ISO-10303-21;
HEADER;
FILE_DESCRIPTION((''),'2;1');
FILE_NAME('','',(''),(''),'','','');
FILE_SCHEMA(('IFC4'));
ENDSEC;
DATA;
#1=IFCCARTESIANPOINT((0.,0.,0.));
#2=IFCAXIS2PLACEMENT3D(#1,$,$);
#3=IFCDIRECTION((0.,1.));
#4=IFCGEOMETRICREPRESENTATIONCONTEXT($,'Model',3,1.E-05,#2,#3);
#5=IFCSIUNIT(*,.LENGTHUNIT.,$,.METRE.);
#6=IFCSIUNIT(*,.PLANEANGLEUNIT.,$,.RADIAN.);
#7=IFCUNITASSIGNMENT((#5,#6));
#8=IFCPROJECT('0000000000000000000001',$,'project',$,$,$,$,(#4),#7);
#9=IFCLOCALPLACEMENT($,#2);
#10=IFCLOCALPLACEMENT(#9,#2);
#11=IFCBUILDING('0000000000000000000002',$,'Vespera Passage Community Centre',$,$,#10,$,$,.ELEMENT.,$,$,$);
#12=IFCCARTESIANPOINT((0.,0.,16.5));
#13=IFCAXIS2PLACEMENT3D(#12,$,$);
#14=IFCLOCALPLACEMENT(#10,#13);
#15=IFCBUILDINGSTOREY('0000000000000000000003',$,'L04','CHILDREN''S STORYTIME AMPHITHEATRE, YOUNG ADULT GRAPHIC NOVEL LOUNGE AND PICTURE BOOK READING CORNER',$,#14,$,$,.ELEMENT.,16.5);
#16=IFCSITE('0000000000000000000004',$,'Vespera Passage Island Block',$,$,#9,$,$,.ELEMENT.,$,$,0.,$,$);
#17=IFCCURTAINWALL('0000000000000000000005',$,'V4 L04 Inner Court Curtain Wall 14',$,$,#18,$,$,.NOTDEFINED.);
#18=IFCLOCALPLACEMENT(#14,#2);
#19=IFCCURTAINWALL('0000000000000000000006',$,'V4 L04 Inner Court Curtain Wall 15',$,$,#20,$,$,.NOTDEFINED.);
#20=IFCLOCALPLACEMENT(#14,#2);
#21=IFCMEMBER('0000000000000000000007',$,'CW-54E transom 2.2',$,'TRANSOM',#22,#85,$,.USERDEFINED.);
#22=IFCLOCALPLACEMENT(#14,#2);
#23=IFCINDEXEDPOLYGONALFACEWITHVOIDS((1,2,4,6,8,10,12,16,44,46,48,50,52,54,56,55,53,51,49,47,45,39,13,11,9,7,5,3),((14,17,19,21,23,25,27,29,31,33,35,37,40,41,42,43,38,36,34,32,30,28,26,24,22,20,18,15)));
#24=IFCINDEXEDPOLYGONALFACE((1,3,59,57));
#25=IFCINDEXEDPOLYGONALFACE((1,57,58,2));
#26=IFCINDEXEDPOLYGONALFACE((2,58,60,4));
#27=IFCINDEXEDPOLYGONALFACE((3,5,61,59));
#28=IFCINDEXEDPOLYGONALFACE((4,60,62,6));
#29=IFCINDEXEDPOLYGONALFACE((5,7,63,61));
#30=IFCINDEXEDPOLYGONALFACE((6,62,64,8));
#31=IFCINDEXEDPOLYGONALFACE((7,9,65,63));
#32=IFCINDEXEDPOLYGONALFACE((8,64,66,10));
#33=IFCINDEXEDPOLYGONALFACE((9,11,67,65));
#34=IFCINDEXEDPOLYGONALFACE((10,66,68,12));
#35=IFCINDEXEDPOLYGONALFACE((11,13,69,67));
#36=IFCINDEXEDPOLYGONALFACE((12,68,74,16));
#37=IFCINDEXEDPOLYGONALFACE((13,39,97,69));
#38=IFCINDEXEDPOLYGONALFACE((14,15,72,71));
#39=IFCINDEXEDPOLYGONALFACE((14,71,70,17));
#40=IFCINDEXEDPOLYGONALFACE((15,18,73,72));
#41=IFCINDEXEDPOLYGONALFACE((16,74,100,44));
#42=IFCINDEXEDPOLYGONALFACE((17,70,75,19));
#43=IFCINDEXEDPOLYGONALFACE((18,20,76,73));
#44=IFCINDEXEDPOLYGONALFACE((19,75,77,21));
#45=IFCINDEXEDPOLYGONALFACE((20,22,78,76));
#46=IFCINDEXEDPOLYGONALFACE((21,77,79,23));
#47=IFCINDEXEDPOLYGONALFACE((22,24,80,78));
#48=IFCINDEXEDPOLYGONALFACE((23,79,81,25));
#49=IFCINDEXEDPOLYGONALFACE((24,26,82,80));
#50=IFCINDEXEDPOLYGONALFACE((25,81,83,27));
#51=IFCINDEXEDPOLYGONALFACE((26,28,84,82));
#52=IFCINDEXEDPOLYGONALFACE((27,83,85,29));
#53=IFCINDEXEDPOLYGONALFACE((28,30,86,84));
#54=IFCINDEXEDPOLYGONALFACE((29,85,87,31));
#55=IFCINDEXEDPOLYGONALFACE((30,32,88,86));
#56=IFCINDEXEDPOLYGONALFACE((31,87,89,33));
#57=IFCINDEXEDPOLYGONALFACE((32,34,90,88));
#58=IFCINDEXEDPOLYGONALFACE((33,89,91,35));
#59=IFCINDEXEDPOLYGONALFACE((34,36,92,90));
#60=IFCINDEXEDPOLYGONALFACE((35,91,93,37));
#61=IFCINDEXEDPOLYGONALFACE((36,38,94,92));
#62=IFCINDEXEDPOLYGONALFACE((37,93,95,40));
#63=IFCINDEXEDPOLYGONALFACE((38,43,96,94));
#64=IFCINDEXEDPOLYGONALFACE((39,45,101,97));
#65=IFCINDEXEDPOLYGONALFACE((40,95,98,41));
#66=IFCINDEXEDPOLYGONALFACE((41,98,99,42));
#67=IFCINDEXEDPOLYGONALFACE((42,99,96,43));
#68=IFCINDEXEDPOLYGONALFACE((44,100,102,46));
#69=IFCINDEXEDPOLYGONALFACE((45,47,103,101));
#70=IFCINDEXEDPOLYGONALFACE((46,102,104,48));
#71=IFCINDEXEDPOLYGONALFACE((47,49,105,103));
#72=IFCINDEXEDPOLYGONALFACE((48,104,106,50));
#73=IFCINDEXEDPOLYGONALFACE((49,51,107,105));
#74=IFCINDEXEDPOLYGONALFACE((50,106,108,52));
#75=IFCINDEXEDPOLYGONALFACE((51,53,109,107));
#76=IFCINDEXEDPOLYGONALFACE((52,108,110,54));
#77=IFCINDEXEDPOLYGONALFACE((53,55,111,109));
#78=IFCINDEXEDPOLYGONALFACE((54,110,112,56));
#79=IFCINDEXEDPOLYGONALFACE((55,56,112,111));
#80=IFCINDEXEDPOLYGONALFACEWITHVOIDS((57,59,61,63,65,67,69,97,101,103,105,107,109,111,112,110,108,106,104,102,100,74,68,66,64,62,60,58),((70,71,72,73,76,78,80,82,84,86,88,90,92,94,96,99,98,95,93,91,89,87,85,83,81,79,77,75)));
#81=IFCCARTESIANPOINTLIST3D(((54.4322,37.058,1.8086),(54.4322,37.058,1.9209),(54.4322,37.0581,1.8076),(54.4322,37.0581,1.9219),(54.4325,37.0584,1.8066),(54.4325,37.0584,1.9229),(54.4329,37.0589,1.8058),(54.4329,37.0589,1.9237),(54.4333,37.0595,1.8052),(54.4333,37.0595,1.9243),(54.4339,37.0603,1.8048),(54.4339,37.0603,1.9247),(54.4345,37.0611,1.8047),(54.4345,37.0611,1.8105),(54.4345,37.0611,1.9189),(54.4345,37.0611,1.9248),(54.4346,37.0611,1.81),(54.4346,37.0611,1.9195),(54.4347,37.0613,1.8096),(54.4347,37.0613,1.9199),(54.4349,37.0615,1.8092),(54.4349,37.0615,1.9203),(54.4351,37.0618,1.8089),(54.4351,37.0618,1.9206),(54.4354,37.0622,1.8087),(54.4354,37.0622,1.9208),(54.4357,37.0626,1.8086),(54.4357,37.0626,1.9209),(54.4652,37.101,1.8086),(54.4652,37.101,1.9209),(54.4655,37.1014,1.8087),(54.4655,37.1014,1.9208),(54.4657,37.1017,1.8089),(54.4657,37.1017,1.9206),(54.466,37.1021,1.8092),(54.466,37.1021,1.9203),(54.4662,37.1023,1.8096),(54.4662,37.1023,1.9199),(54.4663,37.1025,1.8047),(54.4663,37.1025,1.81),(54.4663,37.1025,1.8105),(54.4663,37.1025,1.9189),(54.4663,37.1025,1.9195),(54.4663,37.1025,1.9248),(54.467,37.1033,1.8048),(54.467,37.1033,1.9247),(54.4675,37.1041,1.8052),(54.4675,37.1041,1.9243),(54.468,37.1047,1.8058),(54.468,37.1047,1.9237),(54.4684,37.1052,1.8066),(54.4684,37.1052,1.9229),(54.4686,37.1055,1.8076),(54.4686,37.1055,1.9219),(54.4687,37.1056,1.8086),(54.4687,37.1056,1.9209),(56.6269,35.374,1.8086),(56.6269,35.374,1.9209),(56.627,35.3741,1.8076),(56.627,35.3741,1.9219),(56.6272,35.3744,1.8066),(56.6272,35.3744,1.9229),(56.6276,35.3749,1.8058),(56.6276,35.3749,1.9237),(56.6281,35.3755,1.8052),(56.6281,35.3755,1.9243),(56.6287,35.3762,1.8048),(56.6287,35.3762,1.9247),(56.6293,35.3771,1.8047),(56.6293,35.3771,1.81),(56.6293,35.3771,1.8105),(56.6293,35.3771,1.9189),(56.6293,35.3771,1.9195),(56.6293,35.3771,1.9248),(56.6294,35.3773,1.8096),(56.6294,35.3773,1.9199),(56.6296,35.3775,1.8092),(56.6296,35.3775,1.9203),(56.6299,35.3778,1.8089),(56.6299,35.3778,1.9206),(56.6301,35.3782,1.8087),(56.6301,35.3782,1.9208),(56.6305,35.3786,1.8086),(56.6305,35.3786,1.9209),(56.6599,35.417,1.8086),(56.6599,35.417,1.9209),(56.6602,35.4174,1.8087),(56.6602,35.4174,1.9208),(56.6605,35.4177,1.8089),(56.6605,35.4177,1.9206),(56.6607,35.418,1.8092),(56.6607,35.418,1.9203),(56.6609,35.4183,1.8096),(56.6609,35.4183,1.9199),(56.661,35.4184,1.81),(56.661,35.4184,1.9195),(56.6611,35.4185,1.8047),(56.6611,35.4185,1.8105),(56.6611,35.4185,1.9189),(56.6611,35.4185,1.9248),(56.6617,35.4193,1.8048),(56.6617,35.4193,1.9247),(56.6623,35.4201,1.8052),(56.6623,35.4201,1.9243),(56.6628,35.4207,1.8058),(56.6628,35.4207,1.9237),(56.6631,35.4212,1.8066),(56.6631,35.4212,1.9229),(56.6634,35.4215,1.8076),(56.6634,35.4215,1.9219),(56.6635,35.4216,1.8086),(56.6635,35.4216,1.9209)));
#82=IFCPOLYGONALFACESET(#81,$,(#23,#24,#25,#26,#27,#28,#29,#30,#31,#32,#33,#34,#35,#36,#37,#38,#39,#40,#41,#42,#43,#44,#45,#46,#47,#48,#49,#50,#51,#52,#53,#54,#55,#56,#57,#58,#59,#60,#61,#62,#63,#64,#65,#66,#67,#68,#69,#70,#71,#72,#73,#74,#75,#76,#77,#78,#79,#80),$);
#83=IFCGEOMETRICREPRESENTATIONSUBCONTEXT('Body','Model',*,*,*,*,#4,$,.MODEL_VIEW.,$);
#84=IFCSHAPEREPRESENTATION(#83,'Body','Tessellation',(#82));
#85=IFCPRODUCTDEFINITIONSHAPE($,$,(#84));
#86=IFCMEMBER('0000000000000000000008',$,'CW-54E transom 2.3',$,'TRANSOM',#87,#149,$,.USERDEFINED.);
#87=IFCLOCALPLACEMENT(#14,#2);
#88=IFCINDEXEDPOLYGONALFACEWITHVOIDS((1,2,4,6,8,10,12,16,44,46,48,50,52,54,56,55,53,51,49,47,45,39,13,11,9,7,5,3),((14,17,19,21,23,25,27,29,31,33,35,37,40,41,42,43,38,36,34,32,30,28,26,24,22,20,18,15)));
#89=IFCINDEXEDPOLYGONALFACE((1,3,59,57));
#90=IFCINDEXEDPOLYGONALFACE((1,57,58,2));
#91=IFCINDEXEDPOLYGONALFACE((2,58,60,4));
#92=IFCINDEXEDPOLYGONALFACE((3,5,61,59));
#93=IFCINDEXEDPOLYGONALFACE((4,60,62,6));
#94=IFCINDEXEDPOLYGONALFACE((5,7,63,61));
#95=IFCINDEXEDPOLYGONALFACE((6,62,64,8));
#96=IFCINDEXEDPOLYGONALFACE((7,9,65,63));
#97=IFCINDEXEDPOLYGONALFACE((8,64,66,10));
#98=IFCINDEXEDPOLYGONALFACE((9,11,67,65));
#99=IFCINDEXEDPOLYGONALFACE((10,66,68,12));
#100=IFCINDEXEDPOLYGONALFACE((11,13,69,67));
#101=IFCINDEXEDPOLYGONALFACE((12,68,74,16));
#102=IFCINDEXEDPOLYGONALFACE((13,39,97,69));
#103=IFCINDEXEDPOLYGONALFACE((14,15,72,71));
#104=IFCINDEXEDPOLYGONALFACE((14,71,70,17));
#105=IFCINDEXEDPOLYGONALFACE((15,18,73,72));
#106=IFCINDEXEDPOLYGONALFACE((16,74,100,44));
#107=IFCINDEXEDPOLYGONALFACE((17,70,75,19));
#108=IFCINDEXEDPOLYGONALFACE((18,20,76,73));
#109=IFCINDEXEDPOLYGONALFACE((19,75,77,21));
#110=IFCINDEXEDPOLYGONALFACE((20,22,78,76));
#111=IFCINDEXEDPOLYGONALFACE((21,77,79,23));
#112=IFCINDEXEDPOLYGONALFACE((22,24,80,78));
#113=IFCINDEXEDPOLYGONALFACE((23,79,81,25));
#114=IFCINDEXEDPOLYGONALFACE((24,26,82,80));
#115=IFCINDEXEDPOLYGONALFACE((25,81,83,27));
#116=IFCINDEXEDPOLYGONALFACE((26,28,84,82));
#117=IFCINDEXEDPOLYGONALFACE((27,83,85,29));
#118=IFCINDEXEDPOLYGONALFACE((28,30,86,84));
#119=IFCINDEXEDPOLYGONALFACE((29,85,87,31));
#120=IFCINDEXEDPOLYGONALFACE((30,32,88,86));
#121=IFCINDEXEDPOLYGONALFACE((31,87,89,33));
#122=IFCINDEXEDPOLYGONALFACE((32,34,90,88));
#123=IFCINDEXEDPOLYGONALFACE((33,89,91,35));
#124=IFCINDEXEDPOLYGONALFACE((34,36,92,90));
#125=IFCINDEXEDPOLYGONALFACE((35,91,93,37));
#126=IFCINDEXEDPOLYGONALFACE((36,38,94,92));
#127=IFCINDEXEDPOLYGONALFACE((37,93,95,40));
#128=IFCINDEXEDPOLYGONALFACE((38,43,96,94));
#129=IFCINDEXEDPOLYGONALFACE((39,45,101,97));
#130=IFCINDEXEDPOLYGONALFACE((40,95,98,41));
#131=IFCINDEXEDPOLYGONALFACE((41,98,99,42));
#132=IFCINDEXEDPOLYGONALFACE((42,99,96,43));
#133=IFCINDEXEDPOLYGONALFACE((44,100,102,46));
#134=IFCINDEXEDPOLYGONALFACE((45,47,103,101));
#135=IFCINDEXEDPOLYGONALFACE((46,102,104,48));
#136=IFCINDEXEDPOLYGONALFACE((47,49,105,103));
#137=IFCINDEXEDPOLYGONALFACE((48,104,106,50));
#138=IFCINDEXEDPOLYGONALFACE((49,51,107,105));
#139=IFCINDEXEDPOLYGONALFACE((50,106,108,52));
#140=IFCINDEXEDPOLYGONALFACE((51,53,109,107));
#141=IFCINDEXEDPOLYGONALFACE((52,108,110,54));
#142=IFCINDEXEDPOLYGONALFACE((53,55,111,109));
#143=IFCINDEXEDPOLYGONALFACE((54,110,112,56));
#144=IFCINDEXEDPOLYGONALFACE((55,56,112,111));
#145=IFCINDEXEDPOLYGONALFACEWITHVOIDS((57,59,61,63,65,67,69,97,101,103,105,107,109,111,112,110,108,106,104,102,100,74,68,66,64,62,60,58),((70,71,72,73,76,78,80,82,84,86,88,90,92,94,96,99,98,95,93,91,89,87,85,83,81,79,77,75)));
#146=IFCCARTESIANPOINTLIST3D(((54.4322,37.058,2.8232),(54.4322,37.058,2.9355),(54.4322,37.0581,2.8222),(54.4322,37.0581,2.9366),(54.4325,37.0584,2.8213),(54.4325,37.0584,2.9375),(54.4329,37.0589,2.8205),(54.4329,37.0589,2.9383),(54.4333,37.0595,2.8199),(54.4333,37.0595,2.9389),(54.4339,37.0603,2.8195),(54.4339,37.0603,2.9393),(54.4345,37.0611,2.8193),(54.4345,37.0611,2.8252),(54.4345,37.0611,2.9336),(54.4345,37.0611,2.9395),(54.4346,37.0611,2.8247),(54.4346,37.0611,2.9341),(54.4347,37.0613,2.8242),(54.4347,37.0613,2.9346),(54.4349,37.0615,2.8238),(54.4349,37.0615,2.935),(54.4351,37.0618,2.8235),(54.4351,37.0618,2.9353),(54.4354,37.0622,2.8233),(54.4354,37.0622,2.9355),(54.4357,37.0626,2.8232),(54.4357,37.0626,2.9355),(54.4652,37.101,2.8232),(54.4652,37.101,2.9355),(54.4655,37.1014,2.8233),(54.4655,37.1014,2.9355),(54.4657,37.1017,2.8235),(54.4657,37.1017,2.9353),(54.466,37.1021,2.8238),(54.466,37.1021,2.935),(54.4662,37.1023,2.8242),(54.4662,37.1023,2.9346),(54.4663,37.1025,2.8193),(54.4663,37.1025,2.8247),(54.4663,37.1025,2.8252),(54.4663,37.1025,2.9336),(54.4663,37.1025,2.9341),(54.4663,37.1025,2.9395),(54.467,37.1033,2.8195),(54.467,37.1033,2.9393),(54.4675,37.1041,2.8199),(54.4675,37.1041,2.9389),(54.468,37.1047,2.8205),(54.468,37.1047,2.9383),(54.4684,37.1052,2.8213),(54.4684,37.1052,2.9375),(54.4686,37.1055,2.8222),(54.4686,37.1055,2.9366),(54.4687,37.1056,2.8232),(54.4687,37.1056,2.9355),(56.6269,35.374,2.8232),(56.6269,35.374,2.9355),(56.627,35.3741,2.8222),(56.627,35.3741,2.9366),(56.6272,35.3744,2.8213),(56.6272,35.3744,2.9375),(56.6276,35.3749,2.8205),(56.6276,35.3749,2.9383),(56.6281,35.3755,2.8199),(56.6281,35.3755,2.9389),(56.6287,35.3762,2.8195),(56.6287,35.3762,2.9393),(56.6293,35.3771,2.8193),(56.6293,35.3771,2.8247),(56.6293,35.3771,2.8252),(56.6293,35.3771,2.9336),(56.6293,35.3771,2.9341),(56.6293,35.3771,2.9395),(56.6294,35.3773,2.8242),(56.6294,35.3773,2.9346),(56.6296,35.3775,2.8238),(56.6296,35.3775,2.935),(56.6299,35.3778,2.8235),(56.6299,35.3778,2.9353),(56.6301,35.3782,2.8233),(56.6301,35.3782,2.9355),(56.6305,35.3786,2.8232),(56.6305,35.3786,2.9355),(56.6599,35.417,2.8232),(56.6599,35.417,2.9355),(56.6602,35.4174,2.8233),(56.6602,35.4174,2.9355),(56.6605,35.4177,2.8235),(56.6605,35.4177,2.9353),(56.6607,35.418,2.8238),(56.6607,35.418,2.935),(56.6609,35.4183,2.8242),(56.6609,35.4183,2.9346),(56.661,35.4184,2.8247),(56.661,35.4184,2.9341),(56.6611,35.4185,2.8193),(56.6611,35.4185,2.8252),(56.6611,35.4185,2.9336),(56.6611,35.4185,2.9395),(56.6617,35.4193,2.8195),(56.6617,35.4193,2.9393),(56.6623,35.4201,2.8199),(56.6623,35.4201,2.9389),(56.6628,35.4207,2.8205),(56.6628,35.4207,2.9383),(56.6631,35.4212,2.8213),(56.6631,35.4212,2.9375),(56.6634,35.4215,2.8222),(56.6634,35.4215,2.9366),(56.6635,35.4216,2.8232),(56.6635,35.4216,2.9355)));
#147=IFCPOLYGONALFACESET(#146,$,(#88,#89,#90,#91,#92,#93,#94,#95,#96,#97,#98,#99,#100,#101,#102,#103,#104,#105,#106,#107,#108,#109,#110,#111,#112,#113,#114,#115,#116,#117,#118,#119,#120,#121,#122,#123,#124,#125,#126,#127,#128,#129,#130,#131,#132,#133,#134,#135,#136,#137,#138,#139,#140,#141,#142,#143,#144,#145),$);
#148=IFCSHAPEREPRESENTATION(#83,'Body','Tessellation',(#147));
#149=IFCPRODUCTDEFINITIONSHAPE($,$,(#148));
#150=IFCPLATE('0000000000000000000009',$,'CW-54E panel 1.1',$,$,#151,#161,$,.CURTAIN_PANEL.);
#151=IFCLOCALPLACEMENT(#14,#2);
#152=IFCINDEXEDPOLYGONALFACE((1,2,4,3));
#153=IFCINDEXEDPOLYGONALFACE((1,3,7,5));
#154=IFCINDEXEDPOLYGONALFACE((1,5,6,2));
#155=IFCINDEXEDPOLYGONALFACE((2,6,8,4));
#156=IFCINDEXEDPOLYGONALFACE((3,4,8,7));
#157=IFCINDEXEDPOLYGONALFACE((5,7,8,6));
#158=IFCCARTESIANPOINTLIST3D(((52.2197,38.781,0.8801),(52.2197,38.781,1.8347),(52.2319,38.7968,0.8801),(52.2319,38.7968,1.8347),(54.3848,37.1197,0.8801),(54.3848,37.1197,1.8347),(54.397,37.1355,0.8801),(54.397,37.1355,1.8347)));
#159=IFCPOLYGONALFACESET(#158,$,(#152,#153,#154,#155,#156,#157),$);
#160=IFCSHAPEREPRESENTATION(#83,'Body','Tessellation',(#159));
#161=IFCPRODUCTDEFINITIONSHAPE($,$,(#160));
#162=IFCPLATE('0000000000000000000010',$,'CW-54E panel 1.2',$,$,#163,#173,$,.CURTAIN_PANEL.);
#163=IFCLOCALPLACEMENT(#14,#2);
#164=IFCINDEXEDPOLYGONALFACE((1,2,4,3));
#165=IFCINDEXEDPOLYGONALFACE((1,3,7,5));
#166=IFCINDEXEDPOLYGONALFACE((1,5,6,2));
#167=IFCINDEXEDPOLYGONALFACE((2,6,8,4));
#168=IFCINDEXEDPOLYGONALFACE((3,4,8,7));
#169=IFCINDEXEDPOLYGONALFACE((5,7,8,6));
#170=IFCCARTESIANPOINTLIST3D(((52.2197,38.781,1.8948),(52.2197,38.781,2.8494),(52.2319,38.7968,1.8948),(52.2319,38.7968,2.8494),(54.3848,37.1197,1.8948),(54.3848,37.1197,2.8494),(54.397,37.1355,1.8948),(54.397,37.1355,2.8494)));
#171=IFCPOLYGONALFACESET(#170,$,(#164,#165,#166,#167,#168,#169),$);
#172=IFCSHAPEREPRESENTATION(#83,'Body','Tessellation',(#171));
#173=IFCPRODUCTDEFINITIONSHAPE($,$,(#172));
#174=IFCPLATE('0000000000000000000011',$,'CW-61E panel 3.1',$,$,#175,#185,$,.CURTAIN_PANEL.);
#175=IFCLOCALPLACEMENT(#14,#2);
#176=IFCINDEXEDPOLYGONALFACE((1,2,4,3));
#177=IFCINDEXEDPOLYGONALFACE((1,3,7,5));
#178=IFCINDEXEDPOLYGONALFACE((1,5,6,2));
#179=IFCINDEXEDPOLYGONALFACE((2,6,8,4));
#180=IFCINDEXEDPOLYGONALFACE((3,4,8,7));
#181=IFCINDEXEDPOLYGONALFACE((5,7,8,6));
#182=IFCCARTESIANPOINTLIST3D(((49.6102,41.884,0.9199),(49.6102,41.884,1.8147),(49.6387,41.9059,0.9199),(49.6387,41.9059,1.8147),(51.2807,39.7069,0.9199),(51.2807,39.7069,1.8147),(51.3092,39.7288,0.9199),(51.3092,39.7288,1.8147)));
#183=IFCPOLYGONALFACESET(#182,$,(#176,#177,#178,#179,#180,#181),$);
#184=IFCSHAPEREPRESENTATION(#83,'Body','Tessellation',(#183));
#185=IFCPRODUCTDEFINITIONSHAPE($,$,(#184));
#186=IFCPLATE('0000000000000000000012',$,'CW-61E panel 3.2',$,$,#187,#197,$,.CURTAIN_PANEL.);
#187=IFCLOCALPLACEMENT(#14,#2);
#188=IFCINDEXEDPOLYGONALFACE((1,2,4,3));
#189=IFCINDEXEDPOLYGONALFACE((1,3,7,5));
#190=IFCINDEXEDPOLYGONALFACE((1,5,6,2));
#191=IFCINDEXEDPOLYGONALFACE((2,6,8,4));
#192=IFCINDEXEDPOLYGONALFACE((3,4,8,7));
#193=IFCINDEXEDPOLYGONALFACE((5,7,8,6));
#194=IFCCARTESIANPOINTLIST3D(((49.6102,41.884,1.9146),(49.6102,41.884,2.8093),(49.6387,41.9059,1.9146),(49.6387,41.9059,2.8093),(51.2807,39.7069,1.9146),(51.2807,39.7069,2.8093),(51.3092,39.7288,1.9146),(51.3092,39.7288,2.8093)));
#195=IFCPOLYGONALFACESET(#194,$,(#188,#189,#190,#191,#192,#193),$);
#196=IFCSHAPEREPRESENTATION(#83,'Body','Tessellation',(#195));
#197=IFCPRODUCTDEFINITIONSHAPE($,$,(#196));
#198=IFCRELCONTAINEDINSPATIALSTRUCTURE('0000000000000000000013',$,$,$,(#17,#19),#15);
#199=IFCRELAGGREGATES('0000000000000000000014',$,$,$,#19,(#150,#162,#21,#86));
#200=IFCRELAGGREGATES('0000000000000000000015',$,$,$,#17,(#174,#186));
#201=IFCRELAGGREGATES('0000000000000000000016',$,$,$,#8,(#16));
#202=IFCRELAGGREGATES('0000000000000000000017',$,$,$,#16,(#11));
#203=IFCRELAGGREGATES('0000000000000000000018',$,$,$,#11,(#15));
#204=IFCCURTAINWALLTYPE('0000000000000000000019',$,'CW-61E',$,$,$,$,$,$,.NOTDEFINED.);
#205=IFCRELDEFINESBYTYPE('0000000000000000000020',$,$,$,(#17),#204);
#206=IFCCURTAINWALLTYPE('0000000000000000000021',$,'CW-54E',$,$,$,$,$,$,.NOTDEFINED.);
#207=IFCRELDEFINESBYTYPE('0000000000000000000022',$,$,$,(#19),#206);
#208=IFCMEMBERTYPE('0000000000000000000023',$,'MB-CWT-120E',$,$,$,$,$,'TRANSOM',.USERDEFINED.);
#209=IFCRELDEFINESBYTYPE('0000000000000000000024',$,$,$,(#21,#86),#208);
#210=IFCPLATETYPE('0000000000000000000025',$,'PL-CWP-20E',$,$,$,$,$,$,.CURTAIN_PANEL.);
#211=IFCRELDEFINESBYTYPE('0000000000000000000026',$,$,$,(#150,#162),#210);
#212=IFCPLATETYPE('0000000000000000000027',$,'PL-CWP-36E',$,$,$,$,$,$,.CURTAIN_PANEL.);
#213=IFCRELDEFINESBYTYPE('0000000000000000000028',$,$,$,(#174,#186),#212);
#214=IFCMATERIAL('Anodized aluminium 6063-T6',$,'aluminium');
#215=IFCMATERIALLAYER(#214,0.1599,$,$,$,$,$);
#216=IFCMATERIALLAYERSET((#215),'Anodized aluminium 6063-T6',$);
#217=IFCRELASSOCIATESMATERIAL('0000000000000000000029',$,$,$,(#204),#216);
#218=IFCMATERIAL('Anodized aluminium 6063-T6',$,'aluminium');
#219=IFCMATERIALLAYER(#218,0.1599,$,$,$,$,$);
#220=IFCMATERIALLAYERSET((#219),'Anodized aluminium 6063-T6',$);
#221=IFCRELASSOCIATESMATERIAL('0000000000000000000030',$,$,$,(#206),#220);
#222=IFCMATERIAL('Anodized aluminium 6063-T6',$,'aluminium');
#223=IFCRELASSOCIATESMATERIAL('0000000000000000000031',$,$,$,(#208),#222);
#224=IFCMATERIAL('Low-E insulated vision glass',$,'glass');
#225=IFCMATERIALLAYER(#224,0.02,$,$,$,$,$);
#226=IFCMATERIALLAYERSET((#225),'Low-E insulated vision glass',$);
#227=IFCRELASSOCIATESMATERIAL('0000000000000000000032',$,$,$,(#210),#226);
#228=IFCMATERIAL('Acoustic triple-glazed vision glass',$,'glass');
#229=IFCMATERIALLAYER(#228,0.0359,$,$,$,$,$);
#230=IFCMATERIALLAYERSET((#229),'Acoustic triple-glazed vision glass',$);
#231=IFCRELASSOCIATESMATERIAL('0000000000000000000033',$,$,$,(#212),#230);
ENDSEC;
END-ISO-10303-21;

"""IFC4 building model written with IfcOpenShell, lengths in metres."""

from ifc_helpers import new_model, si_unit, direction, frame, origin, origin_2d, place, context, subcontext, project, spatial, rectangle, hollow_rectangle, extrude, material, layer, layer_set, material_profile, profile_set, type_object, element, aggregate, save


model = new_model("IFC4")

# Units and contexts
model_context = context("Model", 3, precision=1e-05, world=origin(), true_north=direction((0.0, 1.0)))
body_context = subcontext(model_context, "Body", "Model", "MODEL_VIEW")
ifc_project = project(units=[si_unit("LENGTHUNIT", "METRE"), si_unit("PLANEANGLEUNIT", "RADIAN")], contexts=[model_context])

# Site, building, storey
site_placement = place(None, origin())
site = spatial("IfcSite", under=ifc_project, at=site_placement, Name="Vespera Passage Island Block", CompositionType="ELEMENT", RefElevation=0.0)
building_placement = place(site_placement, origin())
building = spatial("IfcBuilding", under=site, at=building_placement, Name="Vespera Passage Community Centre", CompositionType="ELEMENT")
storey_placement = place(building_placement, frame((0.0, 0.0, 16.5)))
storey = spatial("IfcBuildingStorey", under=building, at=storey_placement, Name="L04", Description="CHILDREN'S STORYTIME AMPHITHEATRE, YOUNG ADULT GRAPHIC NOVEL LOUNGE AND PICTURE BOOK READING CORNER", CompositionType="ELEMENT", Elevation=16.5)

# Curtain walls
ifc_material_1 = material(Name="Anodized aluminium 6063-T6", Category="aluminium")
ifc_layer_1 = layer(ifc_material_1, 0.1599)
ifc_layer_set_1 = layer_set([ifc_layer_1], Name="Anodized aluminium 6063-T6")
curtain_wall_type_1 = type_object("IfcCurtainWallType", Name="CW-61E", PredefinedType="NOTDEFINED", material=ifc_layer_set_1)
curtain_wall_1_placement = place(storey_placement, origin())
curtain_wall_1 = element("IfcCurtainWall", 1, at=curtain_wall_1_placement, inside=storey, type_object=curtain_wall_type_1, Name="V4 L04 Inner Court Curtain Wall 14", PredefinedType="NOTDEFINED")
ifc_material_2 = material(Name="Anodized aluminium 6063-T6", Category="aluminium")
ifc_layer_2 = layer(ifc_material_2, 0.1599)
ifc_layer_set_2 = layer_set([ifc_layer_2], Name="Anodized aluminium 6063-T6")
curtain_wall_type_2 = type_object("IfcCurtainWallType", Name="CW-54E", PredefinedType="NOTDEFINED", material=ifc_layer_set_2)
curtain_wall_2_placement = place(storey_placement, origin())
curtain_wall_2 = element("IfcCurtainWall", 2, at=curtain_wall_2_placement, inside=storey, type_object=curtain_wall_type_2, Name="V4 L04 Inner Court Curtain Wall 15", PredefinedType="NOTDEFINED")

# Members
ifc_material_3 = material(Name="Anodized aluminium 6063-T6", Category="aluminium")
ifc_material_profile_1 = material_profile(ifc_material_3, hollow_rectangle(XDim=0.0601, YDim=0.1201, WallThickness=0.0039, InnerFilletRadius=0.002, OuterFilletRadius=0.0039, at=origin_2d()), Name="ALU120X60X4")
ifc_profile_set_1 = profile_set([ifc_material_profile_1], Name="Anodized aluminium 6063-T6")
member_type_1 = type_object("IfcMemberType", Name="MB-CWT-120E", ElementType="TRANSOM", PredefinedType="USERDEFINED", material=ifc_profile_set_1)
member_1_placement = place(storey_placement, frame((54.4504, 37.0818, 1.8647), z_axis=(0.793365, -0.608746, 0.0), x_axis=(0.608746, 0.793365, 0.0)))
member_1 = element("IfcMember", 3, at=member_1_placement, type_object=member_type_1, Name="CW-54E transom 2.2", ObjectType="TRANSOM", PredefinedType="USERDEFINED", context=body_context, shape_type="SweptSolid", body=[
    extrude(hollow_rectangle(XDim=0.0601, YDim=0.1201, WallThickness=0.0039, InnerFilletRadius=0.002, OuterFilletRadius=0.0039, at=origin_2d()), origin(), (0.0, 0.0, 1.0), 2.7664),
])
member_2_placement = place(storey_placement, frame((54.4504, 37.0818, 2.8794), z_axis=(0.793365, -0.608746, 0.0), x_axis=(0.608746, 0.793365, 0.0)))
member_2 = element("IfcMember", 4, at=member_2_placement, type_object=member_type_1, Name="CW-54E transom 2.3", ObjectType="TRANSOM", PredefinedType="USERDEFINED", context=body_context, shape_type="SweptSolid", body=[
    extrude(hollow_rectangle(XDim=0.0601, YDim=0.1201, WallThickness=0.0039, InnerFilletRadius=0.002, OuterFilletRadius=0.0039, at=origin_2d()), origin(), (0.0, 0.0, 1.0), 2.7664),
])

# Plates
ifc_material_4 = material(Name="Low-E insulated vision glass", Category="glass")
ifc_layer_3 = layer(ifc_material_4, 0.02)
ifc_layer_set_3 = layer_set([ifc_layer_3], Name="Low-E insulated vision glass")
plate_type_1 = type_object("IfcPlateType", Name="PL-CWP-20E", PredefinedType="CURTAIN_PANEL", material=ifc_layer_set_3)
plate_1_placement = place(storey_placement, frame((53.3083, 37.9583, 0.8801), z_axis=(0.0, 0.0, 1.0), x_axis=(0.793358, -0.608755, 0.0)))
plate_1 = element("IfcPlate", 5, at=plate_1_placement, type_object=plate_type_1, Name="CW-54E panel 1.1", PredefinedType="CURTAIN_PANEL", context=body_context, shape_type="SweptSolid", body=[
    extrude(rectangle(XDim=2.729, YDim=0.02, at=origin_2d()), origin(), (0.0, 0.0, 1.0), 0.9546),
])
plate_2_placement = place(storey_placement, frame((53.3083, 37.9583, 1.8948), z_axis=(0.0, 0.0, 1.0), x_axis=(0.793358, -0.608755, 0.0)))
plate_2 = element("IfcPlate", 6, at=plate_2_placement, type_object=plate_type_1, Name="CW-54E panel 1.2", PredefinedType="CURTAIN_PANEL", context=body_context, shape_type="SweptSolid", body=[
    extrude(rectangle(XDim=2.729, YDim=0.02, at=origin_2d()), origin(), (0.0, 0.0, 1.0), 0.9546),
])
aggregate(curtain_wall_2, [plate_1, plate_2, member_1, member_2])
ifc_material_5 = material(Name="Acoustic triple-glazed vision glass", Category="glass")
ifc_layer_4 = layer(ifc_material_5, 0.0359)
ifc_layer_set_4 = layer_set([ifc_layer_4], Name="Acoustic triple-glazed vision glass")
plate_type_2 = type_object("IfcPlateType", Name="PL-CWP-36E", PredefinedType="CURTAIN_PANEL", material=ifc_layer_set_4)
plate_3_placement = place(storey_placement, frame((50.4597, 40.8064, 0.9199), z_axis=(0.0, 0.0, 1.0), x_axis=(0.608755, -0.793358, 0.0)))
plate_3 = element("IfcPlate", 7, at=plate_3_placement, type_object=plate_type_2, Name="CW-61E panel 3.1", PredefinedType="CURTAIN_PANEL", context=body_context, shape_type="SweptSolid", body=[
    extrude(rectangle(XDim=2.7441, YDim=0.0359, at=origin_2d()), origin(), (0.0, 0.0, 1.0), 0.8948),
])
plate_4_placement = place(storey_placement, frame((50.4597, 40.8064, 1.9146), z_axis=(0.0, 0.0, 1.0), x_axis=(0.608755, -0.793358, 0.0)))
plate_4 = element("IfcPlate", 8, at=plate_4_placement, type_object=plate_type_2, Name="CW-61E panel 3.2", PredefinedType="CURTAIN_PANEL", context=body_context, shape_type="SweptSolid", body=[
    extrude(rectangle(XDim=2.7441, YDim=0.0359, at=origin_2d()), origin(), (0.0, 0.0, 1.0), 0.8948),
])
aggregate(curtain_wall_1, [plate_3, plate_4])

save(model, "model.ifc")
